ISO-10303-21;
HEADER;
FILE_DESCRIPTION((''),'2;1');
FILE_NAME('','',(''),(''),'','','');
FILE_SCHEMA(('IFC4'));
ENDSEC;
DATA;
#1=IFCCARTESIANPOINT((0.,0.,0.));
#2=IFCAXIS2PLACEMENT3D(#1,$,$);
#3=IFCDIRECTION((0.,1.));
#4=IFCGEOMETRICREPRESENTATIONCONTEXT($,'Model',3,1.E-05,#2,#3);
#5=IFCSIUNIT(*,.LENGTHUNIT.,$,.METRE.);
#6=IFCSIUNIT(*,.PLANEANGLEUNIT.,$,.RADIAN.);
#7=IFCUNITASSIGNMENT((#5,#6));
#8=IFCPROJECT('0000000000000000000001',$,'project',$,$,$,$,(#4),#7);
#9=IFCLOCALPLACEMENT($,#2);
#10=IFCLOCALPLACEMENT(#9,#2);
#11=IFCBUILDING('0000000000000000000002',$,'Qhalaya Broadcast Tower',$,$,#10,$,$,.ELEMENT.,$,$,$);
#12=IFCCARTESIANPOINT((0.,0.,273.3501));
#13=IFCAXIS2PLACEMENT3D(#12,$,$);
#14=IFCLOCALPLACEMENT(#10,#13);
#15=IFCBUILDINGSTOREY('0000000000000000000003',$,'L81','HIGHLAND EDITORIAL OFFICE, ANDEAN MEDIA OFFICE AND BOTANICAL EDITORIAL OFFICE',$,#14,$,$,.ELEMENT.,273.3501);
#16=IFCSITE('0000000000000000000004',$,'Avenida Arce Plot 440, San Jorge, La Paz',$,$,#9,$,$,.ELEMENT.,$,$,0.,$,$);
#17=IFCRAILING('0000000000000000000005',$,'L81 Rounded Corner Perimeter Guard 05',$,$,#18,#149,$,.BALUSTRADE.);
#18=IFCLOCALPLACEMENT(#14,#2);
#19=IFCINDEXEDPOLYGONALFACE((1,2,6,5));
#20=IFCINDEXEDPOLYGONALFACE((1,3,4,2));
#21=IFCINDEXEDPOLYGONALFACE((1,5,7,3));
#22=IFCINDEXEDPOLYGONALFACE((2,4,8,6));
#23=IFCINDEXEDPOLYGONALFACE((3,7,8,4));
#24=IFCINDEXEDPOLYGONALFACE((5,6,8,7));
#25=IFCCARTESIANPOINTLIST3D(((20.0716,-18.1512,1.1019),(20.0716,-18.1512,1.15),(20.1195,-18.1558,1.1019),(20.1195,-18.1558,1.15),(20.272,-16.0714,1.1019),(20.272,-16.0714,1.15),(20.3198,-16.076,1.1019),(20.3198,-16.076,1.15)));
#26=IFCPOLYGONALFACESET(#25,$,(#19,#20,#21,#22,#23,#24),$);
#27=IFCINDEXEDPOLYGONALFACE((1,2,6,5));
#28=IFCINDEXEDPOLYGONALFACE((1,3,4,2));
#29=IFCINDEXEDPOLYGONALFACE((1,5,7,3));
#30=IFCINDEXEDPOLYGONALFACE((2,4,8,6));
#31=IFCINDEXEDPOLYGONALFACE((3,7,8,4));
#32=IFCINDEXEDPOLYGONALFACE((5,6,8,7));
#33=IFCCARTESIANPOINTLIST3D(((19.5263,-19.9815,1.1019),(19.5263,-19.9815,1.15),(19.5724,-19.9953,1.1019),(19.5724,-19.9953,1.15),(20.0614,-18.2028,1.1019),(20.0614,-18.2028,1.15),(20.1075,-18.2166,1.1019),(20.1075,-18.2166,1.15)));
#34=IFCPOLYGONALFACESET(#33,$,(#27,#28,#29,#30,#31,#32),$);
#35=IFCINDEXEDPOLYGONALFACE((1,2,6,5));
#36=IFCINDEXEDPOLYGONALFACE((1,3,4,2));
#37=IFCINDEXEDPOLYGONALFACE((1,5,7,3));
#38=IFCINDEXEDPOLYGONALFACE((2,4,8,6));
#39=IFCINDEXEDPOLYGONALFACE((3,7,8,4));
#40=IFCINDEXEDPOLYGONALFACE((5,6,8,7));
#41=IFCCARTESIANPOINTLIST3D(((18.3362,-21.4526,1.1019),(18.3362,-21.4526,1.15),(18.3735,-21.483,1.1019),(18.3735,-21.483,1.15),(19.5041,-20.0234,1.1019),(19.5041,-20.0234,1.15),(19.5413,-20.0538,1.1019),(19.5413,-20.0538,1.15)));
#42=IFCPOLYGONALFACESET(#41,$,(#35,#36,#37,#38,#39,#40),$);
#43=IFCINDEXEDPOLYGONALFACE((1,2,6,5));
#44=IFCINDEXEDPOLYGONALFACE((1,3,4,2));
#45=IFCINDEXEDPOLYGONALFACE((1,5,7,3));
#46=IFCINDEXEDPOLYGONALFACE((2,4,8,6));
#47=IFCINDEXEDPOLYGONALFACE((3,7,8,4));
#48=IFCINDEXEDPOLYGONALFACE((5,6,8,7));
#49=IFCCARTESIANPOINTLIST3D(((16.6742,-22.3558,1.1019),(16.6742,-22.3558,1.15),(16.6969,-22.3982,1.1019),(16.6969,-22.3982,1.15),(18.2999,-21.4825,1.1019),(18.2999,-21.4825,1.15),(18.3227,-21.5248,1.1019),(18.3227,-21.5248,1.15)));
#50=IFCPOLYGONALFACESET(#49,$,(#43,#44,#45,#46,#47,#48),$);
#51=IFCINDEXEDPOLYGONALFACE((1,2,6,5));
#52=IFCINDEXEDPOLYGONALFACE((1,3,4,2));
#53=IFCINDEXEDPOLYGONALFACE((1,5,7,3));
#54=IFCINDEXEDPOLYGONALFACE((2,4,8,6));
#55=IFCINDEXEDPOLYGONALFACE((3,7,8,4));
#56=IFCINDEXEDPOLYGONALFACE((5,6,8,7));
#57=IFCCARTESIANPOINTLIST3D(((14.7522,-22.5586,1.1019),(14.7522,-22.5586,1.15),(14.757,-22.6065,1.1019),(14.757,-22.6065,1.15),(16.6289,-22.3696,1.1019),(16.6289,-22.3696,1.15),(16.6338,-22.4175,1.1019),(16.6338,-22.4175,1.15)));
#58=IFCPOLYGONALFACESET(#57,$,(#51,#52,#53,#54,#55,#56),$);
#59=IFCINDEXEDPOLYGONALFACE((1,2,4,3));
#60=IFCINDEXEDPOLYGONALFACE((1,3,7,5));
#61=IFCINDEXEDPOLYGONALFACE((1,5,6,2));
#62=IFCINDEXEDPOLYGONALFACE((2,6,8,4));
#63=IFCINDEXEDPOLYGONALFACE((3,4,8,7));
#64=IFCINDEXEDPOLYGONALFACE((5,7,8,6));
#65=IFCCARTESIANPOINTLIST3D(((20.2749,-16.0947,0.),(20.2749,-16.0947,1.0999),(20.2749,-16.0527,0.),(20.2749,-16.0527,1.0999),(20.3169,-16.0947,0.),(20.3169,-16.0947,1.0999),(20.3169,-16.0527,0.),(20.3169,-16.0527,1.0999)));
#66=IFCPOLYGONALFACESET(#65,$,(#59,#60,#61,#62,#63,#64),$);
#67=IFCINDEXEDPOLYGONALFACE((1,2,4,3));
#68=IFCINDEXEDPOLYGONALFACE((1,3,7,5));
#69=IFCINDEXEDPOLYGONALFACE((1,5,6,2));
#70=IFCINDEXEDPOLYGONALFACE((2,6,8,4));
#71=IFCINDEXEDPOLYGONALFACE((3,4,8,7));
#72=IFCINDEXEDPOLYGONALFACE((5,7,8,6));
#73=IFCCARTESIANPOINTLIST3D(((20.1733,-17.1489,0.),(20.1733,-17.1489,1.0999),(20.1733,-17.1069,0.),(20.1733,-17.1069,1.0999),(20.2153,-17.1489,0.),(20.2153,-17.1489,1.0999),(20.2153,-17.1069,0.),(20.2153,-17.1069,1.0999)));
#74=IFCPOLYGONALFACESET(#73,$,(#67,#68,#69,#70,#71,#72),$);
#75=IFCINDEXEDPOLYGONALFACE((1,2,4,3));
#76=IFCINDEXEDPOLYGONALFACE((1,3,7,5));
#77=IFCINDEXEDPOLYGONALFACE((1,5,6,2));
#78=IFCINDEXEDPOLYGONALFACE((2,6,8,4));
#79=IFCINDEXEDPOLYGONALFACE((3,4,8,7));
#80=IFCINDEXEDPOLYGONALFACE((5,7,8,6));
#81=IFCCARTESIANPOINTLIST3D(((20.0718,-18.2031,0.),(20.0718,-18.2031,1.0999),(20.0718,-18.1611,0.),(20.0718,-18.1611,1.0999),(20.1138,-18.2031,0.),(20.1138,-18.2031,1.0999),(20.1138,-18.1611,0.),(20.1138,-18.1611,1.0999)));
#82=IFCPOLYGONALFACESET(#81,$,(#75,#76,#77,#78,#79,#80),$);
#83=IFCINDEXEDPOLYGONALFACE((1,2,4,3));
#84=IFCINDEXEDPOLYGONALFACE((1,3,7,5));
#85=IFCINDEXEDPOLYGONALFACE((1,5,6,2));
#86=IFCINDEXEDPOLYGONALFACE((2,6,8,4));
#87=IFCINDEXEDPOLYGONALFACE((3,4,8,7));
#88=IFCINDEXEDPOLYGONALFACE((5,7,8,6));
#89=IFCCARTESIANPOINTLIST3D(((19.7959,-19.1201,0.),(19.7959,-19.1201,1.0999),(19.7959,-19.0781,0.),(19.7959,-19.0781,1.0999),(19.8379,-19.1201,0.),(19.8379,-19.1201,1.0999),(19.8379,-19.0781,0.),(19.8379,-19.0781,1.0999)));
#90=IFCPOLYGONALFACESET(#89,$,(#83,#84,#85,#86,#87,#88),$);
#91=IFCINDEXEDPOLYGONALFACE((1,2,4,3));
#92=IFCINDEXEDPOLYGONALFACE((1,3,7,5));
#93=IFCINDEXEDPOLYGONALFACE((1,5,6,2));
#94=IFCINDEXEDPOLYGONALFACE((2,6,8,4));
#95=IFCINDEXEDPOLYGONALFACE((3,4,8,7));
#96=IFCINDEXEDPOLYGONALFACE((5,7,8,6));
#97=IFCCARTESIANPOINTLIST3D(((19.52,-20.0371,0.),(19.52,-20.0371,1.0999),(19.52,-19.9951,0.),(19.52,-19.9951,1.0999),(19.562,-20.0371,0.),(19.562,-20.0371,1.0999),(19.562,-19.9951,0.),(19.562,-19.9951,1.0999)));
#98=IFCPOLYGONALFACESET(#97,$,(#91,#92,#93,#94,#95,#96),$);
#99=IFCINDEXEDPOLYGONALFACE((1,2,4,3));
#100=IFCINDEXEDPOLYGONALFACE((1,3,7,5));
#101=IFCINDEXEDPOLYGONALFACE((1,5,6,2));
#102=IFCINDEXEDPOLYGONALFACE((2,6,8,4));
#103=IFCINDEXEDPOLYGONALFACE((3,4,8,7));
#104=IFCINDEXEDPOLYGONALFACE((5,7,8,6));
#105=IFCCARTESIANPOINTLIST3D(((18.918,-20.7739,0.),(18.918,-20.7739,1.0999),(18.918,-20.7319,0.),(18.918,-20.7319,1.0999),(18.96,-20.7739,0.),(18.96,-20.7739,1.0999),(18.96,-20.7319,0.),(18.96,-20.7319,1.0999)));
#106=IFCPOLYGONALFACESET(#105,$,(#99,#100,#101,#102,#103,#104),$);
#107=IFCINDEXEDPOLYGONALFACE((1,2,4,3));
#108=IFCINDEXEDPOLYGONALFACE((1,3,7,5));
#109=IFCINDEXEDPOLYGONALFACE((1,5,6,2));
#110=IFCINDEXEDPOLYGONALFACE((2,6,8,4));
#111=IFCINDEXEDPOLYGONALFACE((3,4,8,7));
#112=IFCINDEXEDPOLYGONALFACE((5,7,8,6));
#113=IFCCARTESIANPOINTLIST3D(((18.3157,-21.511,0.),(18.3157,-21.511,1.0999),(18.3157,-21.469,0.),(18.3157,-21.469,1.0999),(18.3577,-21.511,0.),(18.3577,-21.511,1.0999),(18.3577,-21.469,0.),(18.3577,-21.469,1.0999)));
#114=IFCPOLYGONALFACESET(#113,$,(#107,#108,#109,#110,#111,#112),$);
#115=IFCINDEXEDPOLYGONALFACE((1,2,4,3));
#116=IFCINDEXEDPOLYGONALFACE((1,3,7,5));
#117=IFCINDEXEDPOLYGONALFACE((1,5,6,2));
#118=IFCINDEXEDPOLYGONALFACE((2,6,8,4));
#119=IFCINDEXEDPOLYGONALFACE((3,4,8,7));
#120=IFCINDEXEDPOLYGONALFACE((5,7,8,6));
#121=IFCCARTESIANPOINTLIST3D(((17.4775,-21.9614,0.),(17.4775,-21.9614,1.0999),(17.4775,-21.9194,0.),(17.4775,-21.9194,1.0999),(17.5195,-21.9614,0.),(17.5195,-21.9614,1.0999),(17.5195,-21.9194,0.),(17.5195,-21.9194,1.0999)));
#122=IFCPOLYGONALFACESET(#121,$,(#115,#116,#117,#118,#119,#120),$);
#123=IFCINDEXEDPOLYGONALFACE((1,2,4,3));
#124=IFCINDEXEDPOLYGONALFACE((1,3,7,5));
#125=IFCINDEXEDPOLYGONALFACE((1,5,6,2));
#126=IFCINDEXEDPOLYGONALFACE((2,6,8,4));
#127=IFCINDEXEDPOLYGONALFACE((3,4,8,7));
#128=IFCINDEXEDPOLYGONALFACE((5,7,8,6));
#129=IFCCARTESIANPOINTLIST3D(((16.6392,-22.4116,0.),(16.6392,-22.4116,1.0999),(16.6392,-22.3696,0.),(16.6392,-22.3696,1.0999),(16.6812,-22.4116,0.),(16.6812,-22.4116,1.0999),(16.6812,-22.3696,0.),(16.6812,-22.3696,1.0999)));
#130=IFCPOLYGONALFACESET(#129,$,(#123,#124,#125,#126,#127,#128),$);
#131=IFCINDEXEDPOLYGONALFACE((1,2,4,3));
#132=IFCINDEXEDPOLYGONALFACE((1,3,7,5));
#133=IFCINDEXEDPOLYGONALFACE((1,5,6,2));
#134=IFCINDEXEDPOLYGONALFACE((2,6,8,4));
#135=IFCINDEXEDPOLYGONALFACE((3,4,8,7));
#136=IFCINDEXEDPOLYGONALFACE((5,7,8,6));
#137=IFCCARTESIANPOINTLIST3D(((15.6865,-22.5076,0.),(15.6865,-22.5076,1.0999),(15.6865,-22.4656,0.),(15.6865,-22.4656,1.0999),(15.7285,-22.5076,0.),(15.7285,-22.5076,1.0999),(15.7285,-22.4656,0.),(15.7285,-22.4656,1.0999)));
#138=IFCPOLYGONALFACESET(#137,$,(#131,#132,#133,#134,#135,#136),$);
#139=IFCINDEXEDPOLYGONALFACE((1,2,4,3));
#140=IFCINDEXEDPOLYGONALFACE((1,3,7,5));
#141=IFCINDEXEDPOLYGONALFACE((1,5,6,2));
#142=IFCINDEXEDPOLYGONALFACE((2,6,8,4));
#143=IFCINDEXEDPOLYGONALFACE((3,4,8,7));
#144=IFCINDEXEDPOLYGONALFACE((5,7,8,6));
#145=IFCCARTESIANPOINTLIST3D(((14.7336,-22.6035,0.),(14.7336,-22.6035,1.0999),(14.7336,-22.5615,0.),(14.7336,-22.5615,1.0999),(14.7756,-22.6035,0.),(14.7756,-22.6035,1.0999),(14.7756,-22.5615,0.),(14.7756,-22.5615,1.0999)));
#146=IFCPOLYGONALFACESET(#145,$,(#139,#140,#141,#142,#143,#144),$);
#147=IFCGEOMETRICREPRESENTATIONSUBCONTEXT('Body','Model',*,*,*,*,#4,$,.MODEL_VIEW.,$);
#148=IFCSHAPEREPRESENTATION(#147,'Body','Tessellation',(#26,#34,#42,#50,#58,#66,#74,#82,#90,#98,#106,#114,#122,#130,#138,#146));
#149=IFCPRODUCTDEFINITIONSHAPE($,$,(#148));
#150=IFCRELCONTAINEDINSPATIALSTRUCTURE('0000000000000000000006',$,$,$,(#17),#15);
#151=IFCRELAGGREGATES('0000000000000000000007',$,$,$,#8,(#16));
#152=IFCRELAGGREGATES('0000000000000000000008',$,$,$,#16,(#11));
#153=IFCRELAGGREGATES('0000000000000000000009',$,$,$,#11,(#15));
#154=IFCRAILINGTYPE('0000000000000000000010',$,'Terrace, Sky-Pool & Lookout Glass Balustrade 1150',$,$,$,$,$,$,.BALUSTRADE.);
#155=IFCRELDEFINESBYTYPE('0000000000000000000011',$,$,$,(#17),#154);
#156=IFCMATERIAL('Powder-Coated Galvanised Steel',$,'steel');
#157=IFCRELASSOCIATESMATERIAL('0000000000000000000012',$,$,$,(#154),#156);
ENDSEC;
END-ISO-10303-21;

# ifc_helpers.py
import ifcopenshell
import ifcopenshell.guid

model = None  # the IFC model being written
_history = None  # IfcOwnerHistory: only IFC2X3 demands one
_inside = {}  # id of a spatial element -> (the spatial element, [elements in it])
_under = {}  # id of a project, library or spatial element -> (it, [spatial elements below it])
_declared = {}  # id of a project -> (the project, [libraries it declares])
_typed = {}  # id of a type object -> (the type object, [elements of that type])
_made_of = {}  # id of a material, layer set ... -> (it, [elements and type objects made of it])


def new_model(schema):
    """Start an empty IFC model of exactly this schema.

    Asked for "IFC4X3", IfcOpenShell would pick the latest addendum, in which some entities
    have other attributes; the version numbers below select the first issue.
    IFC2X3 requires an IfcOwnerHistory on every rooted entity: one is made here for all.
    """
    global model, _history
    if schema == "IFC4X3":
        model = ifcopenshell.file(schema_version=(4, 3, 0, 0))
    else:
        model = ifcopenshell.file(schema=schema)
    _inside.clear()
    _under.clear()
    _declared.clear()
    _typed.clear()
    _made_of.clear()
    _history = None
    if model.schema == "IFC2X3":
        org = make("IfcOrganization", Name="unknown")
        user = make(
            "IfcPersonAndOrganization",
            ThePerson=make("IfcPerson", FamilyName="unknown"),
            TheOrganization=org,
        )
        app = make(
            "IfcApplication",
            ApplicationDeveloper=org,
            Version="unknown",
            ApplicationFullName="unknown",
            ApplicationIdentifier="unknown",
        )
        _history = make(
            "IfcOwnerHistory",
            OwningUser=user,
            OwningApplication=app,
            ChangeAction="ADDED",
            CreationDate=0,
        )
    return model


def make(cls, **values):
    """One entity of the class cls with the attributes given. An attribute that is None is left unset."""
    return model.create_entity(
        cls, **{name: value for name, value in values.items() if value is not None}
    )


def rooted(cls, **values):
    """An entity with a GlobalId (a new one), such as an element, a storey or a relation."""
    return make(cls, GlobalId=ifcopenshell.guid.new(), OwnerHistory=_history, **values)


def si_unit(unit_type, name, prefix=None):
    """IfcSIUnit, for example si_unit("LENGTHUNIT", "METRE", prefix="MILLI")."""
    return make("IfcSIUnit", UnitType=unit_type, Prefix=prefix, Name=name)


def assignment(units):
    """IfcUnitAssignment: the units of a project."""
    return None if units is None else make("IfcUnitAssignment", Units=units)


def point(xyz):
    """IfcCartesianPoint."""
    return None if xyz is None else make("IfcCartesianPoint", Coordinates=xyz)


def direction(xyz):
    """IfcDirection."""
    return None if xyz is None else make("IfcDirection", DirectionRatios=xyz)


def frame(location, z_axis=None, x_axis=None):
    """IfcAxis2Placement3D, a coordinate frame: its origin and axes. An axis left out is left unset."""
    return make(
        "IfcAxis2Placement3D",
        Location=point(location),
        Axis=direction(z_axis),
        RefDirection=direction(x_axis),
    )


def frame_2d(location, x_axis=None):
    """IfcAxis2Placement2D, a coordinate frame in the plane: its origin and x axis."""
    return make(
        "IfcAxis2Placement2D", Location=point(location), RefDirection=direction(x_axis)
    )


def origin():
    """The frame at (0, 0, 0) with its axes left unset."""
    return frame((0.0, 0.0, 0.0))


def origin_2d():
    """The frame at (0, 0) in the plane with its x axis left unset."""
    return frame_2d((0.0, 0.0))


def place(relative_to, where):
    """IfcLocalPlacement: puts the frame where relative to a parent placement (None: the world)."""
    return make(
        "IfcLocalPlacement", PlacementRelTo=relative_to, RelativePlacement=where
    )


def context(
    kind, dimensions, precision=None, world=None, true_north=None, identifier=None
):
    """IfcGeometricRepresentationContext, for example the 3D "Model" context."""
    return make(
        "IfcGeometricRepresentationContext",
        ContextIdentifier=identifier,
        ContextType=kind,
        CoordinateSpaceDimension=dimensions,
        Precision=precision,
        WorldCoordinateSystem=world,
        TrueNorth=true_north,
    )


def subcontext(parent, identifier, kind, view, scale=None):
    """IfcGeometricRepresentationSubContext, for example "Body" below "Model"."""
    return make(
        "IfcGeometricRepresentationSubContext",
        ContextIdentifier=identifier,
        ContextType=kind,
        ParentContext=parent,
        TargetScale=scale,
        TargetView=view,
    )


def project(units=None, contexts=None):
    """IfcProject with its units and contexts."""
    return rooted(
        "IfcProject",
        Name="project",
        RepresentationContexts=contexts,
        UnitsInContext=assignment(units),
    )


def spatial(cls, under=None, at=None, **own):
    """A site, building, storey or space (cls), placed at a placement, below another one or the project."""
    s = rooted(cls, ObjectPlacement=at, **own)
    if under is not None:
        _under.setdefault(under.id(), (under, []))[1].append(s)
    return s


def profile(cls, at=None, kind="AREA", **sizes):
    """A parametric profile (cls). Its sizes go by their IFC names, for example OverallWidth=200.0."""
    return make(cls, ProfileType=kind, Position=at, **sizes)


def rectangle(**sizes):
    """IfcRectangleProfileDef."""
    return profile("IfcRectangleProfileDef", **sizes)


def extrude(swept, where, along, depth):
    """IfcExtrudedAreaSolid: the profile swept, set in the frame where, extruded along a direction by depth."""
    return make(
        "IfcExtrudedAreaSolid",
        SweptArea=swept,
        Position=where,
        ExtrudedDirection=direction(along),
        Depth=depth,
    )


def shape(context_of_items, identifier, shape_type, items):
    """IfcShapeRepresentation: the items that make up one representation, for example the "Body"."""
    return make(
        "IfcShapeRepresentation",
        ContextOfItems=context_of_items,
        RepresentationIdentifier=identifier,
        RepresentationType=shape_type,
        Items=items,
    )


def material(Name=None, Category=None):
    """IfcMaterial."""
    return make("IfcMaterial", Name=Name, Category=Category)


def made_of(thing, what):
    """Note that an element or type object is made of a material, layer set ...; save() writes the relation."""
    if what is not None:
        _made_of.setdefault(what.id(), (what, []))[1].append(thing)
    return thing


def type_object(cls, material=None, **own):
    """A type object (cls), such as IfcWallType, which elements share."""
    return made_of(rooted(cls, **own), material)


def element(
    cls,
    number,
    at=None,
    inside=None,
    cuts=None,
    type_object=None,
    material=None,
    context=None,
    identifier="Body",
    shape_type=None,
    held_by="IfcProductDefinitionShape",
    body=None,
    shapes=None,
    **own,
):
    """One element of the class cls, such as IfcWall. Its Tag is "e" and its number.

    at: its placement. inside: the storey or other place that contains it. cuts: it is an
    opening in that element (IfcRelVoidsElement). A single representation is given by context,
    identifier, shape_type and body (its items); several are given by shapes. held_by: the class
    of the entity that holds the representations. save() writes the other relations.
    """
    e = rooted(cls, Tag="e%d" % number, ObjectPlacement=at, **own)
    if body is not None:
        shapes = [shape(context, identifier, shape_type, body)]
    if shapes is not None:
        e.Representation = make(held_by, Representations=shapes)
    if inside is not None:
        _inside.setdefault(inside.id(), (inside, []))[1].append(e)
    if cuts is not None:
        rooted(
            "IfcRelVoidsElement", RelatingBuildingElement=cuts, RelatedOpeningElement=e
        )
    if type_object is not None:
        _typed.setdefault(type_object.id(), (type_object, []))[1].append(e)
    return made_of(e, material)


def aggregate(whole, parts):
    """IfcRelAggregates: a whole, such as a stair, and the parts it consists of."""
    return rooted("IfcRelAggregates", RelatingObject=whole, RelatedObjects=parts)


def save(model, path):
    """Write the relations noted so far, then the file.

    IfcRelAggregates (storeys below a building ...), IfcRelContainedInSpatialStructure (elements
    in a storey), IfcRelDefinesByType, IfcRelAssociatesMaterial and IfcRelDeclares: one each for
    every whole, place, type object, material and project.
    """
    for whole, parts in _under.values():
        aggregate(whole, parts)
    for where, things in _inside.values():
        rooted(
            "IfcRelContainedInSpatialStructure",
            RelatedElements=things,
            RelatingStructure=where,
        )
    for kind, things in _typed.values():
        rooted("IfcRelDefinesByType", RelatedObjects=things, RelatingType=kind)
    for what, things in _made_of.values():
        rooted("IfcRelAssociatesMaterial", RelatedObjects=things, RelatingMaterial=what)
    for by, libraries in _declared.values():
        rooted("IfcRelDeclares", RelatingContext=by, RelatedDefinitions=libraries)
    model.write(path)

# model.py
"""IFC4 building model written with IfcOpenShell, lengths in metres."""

from ifc_helpers import new_model, si_unit, direction, frame, origin, origin_2d, place, context, subcontext, project, spatial, rectangle, extrude, material, type_object, element, save


model = new_model("IFC4")

# Units and contexts
model_context = context("Model", 3, precision=1e-05, world=origin(), true_north=direction((0.0, 1.0)))
body_context = subcontext(model_context, "Body", "Model", "MODEL_VIEW")
ifc_project = project(units=[si_unit("LENGTHUNIT", "METRE"), si_unit("PLANEANGLEUNIT", "RADIAN")], contexts=[model_context])

# Site, building, storey
site_placement = place(None, origin())
site = spatial("IfcSite", under=ifc_project, at=site_placement, Name="Avenida Arce Plot 440, San Jorge, La Paz", CompositionType="ELEMENT", RefElevation=0.0)
building_placement = place(site_placement, origin())
building = spatial("IfcBuilding", under=site, at=building_placement, Name="Qhalaya Broadcast Tower", CompositionType="ELEMENT")
storey_placement = place(building_placement, frame((0.0, 0.0, 273.3501)))
storey = spatial("IfcBuildingStorey", under=building, at=storey_placement, Name="L81", Description="HIGHLAND EDITORIAL OFFICE, ANDEAN MEDIA OFFICE AND BOTANICAL EDITORIAL OFFICE", CompositionType="ELEMENT", Elevation=273.3501)

# Railing
ifc_material_1 = material(Name="Powder-Coated Galvanised Steel", Category="steel")
railing_type = type_object("IfcRailingType", Name="Terrace, Sky-Pool & Lookout Glass Balustrade 1150", PredefinedType="BALUSTRADE", material=ifc_material_1)
railing_1_placement = place(storey_placement, frame((20.2959, -16.0737, 0.0)))
element("IfcRailing", 1, at=railing_1_placement, inside=storey, type_object=railing_type, Name="L81 Rounded Corner Perimeter Guard 05", PredefinedType="BALUSTRADE", context=body_context, shape_type="SweptSolid", body=[
    extrude(rectangle(XDim=0.0481, YDim=0.0481, at=origin_2d()), frame((0.0, 0.0, 1.126), z_axis=(-0.095897, -0.995391, 0.0), x_axis=(0.995391, -0.095897, 0.0)), (0.0, 0.0, 1.0), 2.0894),
    extrude(rectangle(XDim=0.0481, YDim=0.0481, at=origin_2d()), frame((-0.2114, -2.136, 1.126), z_axis=(-0.288096, -0.957601, 0.0), x_axis=(0.957601, -0.288096, 0.0)), (0.0, 0.0, 1.0), 1.8574),
    extrude(rectangle(XDim=0.0481, YDim=0.0481, at=origin_2d()), frame((-0.7732, -3.9648, 1.126), z_axis=(-0.632749, -0.774357, 0.0), x_axis=(0.774357, -0.632749, 0.0)), (0.0, 0.0, 1.0), 1.8457),
    extrude(rectangle(XDim=0.0481, YDim=0.0481, at=origin_2d()), frame((-1.9846, -5.4299, 1.126), z_axis=(-0.880932, -0.473243, 0.0), x_axis=(0.473243, -0.880932, 0.0)), (0.0, 0.0, 1.0), 1.8455),
    extrude(rectangle(XDim=0.0481, YDim=0.0481, at=origin_2d()), frame((-3.6646, -6.3198, 1.126), z_axis=(-0.994968, -0.100198, 0.0), x_axis=(0.100198, -0.994968, 0.0)), (0.0, 0.0, 1.0), 1.8862),
    extrude(rectangle(XDim=0.042, YDim=0.042, at=origin_2d()), origin(), (0.0, 0.0, 1.0), 1.0999),
    extrude(rectangle(XDim=0.042, YDim=0.042, at=origin_2d()), frame((-0.1016, -1.0542, 0.0)), (0.0, 0.0, 1.0), 1.0999),
    extrude(rectangle(XDim=0.042, YDim=0.042, at=origin_2d()), frame((-0.2031, -2.1084, 0.0)), (0.0, 0.0, 1.0), 1.0999),
    extrude(rectangle(XDim=0.042, YDim=0.042, at=origin_2d()), frame((-0.479, -3.0254, 0.0)), (0.0, 0.0, 1.0), 1.0999),
    extrude(rectangle(XDim=0.042, YDim=0.042, at=origin_2d()), frame((-0.7549, -3.9424, 0.0)), (0.0, 0.0, 1.0), 1.0999),
    extrude(rectangle(XDim=0.042, YDim=0.042, at=origin_2d()), frame((-1.3569, -4.6792, 0.0)), (0.0, 0.0, 1.0), 1.0999),
    extrude(rectangle(XDim=0.042, YDim=0.042, at=origin_2d()), frame((-1.9592, -5.4163, 0.0)), (0.0, 0.0, 1.0), 1.0999),
    extrude(rectangle(XDim=0.042, YDim=0.042, at=origin_2d()), frame((-2.7974, -5.8667, 0.0)), (0.0, 0.0, 1.0), 1.0999),
    extrude(rectangle(XDim=0.042, YDim=0.042, at=origin_2d()), frame((-3.6357, -6.3169, 0.0)), (0.0, 0.0, 1.0), 1.0999),
    extrude(rectangle(XDim=0.042, YDim=0.042, at=origin_2d()), frame((-4.5884, -6.4128, 0.0)), (0.0, 0.0, 1.0), 1.0999),
    extrude(rectangle(XDim=0.042, YDim=0.042, at=origin_2d()), frame((-5.5413, -6.5088, 0.0)), (0.0, 0.0, 1.0), 1.0999),
])

save(model, "model.ifc")
